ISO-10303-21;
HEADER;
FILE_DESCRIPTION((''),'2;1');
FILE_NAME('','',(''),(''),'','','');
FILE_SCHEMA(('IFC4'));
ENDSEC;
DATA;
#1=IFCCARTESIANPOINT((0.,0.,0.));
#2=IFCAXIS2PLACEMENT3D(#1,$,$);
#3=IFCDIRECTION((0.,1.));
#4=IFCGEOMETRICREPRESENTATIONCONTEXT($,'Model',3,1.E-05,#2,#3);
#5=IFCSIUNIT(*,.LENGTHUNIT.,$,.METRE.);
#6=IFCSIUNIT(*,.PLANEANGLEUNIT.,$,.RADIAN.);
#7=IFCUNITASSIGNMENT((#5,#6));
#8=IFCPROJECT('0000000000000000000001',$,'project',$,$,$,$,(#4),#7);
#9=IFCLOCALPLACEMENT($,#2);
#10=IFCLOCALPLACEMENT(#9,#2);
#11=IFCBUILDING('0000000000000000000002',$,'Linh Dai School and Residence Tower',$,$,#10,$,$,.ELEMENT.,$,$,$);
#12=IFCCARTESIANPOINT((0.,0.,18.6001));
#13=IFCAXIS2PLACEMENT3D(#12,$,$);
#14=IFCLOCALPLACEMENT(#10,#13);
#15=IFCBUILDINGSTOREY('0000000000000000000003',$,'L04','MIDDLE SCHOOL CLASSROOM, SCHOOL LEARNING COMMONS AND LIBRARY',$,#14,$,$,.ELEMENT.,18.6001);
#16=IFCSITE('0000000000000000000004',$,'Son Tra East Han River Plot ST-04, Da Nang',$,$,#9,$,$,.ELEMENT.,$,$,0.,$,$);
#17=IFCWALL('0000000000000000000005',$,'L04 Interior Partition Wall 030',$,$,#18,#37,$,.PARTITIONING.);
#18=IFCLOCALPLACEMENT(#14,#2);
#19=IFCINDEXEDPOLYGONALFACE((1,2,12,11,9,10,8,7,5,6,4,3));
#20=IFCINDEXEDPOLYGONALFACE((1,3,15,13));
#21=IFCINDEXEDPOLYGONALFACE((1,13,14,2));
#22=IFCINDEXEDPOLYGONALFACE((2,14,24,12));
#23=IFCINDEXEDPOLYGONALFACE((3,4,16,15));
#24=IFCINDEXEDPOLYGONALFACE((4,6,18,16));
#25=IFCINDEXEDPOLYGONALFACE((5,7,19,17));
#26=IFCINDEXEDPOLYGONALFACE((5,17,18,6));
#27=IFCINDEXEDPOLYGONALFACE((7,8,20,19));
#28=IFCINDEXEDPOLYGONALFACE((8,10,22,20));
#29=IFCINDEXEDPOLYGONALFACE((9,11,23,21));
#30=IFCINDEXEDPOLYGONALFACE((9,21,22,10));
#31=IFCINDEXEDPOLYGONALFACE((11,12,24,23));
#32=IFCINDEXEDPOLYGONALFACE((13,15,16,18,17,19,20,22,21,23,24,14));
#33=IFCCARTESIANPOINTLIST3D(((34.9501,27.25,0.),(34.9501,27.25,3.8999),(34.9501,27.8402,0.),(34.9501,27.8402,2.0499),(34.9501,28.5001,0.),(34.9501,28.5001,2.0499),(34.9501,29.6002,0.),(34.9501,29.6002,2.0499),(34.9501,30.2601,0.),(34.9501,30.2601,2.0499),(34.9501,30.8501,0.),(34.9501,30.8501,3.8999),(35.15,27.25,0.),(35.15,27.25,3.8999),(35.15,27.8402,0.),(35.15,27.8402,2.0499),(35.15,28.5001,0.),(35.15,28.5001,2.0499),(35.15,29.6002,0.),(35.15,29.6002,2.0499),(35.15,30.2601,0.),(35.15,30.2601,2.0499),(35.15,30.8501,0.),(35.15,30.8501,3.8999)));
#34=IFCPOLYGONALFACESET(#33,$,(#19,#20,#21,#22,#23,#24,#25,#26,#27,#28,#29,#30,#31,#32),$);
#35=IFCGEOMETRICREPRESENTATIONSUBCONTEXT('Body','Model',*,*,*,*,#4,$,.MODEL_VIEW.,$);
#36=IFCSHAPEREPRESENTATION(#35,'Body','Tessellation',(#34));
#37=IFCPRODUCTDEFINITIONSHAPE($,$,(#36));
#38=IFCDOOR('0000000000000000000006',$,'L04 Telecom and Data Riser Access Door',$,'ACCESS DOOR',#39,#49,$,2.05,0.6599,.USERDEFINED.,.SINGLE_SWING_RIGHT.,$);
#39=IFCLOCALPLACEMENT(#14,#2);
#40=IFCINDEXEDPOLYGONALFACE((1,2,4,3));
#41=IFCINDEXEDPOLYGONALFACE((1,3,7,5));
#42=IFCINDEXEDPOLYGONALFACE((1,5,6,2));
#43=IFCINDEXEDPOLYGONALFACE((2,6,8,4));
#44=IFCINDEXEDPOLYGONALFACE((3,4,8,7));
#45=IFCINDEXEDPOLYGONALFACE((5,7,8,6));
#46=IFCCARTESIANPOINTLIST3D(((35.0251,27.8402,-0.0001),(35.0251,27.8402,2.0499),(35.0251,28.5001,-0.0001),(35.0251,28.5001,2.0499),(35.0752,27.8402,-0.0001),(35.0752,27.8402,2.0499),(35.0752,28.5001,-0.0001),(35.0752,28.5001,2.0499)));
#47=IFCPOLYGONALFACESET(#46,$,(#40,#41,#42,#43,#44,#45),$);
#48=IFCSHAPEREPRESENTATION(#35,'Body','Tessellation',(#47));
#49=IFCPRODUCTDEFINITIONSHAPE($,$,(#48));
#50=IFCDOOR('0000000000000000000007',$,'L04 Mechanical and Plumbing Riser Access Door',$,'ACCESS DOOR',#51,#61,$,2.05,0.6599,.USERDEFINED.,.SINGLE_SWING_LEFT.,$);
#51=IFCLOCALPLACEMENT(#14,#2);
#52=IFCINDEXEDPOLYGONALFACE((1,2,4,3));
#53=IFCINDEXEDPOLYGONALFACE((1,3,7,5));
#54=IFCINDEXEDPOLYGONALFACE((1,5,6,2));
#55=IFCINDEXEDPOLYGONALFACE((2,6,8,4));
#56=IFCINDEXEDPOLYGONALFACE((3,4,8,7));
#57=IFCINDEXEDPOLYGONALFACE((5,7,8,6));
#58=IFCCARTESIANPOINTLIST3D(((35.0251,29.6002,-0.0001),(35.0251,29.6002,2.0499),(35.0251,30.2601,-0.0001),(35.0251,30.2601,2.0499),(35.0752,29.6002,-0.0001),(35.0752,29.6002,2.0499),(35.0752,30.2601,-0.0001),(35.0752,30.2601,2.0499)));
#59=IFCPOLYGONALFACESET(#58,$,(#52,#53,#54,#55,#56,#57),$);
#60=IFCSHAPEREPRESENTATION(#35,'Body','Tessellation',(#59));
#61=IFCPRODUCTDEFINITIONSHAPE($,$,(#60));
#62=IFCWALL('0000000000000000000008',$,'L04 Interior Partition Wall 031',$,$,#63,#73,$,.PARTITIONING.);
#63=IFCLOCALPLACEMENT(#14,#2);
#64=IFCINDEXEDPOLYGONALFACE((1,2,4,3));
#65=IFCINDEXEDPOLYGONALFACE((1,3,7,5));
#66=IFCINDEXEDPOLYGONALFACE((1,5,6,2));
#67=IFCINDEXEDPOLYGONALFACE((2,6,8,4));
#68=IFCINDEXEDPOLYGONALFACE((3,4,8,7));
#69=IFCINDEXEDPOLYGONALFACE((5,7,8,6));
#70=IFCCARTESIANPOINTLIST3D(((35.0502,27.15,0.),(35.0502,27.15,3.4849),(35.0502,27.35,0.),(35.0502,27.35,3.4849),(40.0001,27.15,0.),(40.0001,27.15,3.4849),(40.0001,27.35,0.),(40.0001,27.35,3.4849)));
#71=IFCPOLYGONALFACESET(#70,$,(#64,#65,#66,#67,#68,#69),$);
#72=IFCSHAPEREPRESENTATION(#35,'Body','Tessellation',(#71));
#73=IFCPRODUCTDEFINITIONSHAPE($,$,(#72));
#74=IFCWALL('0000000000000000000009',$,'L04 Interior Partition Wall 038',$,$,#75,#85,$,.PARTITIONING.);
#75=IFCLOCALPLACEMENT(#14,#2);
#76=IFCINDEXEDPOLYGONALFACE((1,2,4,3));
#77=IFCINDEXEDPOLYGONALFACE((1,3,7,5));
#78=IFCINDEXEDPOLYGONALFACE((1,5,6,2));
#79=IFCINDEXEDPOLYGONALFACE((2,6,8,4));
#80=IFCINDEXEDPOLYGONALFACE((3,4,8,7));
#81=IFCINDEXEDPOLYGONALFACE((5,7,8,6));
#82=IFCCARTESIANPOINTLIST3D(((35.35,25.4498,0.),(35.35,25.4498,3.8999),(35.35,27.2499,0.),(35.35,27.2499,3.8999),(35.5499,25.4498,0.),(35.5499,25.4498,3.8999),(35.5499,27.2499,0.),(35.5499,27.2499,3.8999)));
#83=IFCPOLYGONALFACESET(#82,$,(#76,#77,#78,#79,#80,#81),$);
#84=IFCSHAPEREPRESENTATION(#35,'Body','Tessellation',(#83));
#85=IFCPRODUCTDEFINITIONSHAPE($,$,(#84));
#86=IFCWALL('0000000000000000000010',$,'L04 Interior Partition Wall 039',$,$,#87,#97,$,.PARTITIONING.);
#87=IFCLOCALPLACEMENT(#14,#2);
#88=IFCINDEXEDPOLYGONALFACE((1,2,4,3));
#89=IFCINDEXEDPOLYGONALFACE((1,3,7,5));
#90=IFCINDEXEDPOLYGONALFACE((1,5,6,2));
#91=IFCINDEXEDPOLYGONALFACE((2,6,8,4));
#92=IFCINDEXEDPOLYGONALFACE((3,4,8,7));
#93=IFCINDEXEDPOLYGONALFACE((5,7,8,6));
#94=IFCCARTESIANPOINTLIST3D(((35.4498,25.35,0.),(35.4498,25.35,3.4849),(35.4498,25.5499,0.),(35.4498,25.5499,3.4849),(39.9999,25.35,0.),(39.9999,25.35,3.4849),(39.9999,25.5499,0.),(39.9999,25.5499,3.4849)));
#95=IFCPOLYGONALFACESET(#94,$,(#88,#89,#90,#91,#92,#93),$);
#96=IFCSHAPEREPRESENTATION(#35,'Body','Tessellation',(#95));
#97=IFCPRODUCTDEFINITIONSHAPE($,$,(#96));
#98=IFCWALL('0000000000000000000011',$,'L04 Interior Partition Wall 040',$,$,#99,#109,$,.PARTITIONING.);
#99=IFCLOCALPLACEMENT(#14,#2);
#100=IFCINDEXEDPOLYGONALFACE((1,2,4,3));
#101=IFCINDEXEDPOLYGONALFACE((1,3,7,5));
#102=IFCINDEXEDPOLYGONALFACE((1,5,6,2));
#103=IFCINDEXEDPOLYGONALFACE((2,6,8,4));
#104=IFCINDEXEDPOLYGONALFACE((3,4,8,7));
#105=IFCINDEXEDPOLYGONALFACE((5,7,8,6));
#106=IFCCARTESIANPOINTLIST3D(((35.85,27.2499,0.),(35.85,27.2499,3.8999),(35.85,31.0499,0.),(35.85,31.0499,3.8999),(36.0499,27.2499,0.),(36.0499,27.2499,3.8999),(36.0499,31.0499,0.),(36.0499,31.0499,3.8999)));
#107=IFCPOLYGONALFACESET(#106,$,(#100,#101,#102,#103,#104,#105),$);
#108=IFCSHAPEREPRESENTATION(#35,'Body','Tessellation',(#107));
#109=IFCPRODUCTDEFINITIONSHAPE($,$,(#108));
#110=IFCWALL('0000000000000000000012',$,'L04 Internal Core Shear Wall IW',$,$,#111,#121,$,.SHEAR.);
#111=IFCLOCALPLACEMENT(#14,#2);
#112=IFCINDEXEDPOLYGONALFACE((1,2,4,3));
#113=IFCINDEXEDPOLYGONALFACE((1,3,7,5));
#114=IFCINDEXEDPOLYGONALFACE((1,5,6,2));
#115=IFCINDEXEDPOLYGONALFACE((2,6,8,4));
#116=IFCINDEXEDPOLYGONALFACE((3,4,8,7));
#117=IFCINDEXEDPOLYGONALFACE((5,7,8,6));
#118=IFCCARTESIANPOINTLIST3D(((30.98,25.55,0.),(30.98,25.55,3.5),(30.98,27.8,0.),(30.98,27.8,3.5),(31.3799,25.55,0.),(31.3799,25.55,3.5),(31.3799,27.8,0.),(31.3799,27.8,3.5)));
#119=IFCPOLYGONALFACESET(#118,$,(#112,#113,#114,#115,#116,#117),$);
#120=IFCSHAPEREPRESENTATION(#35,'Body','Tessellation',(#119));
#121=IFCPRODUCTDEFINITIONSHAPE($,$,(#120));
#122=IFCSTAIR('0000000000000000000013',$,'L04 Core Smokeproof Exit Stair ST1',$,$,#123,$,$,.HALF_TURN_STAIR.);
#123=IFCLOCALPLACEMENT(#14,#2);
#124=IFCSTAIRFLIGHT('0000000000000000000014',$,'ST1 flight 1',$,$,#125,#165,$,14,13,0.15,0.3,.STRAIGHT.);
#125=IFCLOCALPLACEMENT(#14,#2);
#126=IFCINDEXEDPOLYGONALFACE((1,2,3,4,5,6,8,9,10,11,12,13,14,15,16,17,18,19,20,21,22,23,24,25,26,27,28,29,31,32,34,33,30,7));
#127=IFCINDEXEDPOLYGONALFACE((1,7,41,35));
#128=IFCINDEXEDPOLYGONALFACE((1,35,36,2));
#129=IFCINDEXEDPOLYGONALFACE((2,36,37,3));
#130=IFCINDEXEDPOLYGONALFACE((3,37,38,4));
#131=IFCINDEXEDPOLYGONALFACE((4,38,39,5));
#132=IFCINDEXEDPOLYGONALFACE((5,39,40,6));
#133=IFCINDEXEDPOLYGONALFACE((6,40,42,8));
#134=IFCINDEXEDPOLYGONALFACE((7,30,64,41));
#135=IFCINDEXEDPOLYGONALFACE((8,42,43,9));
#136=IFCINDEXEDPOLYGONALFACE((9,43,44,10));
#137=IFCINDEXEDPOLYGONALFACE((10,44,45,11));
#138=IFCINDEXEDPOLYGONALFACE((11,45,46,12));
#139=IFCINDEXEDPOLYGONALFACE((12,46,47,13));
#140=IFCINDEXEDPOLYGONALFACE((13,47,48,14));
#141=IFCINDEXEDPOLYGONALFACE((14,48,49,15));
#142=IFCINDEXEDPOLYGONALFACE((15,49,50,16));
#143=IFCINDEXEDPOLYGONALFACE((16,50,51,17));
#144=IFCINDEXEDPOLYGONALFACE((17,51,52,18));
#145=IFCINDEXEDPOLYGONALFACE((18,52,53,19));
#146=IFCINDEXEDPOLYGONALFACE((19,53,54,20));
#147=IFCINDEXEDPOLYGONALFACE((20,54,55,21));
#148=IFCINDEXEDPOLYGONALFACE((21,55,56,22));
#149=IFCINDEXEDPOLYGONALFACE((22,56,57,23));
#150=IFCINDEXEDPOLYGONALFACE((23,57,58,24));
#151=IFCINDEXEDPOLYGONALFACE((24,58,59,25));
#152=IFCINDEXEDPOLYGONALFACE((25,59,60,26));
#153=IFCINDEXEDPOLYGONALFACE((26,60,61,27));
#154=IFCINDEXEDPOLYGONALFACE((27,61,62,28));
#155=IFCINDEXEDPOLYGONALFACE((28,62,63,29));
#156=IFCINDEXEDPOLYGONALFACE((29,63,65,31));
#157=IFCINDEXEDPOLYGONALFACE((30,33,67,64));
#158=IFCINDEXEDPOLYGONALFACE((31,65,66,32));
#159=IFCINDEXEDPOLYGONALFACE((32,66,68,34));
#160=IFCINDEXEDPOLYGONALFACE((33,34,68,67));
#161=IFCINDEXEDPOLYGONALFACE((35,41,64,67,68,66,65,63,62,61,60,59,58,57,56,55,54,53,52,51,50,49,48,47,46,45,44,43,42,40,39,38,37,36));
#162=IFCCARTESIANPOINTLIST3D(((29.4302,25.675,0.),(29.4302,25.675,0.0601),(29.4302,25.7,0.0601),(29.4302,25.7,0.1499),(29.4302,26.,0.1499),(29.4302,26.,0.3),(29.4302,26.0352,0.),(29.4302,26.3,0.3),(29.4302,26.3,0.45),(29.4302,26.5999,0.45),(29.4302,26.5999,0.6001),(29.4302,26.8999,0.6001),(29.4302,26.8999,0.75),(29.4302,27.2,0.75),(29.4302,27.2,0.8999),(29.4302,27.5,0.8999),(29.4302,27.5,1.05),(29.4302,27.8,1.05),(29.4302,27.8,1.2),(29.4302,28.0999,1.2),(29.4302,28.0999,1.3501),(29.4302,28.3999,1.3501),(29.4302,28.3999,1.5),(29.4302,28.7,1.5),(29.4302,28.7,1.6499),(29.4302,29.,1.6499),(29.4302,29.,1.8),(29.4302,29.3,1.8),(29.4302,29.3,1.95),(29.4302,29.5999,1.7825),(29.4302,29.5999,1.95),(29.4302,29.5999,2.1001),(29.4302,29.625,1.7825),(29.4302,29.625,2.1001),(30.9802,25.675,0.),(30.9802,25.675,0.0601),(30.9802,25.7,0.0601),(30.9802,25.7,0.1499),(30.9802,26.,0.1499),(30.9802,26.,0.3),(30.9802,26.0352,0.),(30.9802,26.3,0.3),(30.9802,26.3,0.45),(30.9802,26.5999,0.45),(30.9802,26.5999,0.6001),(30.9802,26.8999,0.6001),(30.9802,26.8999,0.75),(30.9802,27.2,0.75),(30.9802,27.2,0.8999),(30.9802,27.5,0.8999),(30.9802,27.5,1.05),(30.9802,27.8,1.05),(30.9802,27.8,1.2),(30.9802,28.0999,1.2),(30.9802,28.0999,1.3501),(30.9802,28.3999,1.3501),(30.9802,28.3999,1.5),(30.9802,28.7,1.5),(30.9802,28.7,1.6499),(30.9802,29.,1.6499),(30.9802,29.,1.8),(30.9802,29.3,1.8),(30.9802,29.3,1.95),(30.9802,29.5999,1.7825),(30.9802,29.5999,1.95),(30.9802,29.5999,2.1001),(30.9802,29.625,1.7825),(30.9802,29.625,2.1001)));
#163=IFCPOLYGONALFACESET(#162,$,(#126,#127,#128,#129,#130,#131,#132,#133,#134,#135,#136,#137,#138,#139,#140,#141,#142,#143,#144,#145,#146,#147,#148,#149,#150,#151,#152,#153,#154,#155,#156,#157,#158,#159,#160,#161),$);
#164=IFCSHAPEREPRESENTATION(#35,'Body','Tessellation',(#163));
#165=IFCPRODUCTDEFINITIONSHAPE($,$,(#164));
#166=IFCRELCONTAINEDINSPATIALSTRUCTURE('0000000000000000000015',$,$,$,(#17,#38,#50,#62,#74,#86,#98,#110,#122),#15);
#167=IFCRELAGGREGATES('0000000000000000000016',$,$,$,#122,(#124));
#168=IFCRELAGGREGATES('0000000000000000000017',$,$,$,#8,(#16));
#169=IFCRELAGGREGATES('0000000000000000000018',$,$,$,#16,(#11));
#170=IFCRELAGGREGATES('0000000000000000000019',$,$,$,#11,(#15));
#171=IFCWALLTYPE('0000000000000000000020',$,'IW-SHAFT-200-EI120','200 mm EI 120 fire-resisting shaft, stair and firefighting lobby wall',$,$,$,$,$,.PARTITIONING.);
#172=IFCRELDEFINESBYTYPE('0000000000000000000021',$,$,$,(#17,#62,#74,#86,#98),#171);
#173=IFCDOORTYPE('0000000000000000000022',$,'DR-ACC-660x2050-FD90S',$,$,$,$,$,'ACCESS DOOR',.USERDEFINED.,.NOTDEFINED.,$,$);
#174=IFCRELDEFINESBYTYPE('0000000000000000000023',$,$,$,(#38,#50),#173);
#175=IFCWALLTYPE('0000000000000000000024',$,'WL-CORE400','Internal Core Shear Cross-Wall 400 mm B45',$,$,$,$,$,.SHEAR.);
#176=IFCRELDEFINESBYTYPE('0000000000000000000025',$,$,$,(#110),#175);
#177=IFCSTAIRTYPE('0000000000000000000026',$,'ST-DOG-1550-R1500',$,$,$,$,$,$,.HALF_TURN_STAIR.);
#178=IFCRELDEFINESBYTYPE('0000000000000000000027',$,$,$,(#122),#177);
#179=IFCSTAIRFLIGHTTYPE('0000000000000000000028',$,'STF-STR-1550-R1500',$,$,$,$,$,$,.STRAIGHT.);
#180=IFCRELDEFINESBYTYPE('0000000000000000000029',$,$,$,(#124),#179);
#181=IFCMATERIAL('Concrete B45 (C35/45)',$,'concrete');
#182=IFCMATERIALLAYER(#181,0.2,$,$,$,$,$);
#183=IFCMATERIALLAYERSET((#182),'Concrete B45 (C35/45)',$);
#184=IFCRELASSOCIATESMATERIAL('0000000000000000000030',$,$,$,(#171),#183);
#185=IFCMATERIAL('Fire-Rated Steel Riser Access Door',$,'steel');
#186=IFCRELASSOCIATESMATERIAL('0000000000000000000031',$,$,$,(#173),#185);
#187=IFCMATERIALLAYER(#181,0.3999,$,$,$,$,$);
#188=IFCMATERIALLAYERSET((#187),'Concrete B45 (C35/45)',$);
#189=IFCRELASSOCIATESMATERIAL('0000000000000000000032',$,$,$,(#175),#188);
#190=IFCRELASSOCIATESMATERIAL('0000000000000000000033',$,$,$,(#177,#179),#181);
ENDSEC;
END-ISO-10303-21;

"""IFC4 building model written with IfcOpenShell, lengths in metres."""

from ifc_helpers import new_model, si_unit, direction, frame, frame_2d, origin, origin_2d, place, context, subcontext, project, spatial, polyline, rectangle, outline, extrude, source, transform, mapped, material, layer, layer_set, type_object, element, fill, aggregate, save


model = new_model("IFC4")

# Units and contexts
model_context = context("Model", 3, precision=1e-05, world=origin(), true_north=direction((0.0, 1.0)))
body_context = subcontext(model_context, "Body", "Model", "MODEL_VIEW")
ifc_project = project(units=[si_unit("LENGTHUNIT", "METRE"), si_unit("PLANEANGLEUNIT", "RADIAN")], contexts=[model_context])

# Site, building, storey
site_placement = place(None, origin())
site = spatial("IfcSite", under=ifc_project, at=site_placement, Name="Son Tra East Han River Plot ST-04, Da Nang", CompositionType="ELEMENT", RefElevation=0.0)
building_placement = place(site_placement, origin())
building = spatial("IfcBuilding", under=site, at=building_placement, Name="Linh Dai School and Residence Tower", CompositionType="ELEMENT")
storey_placement = place(building_placement, frame((0.0, 0.0, 18.6001)))
storey = spatial("IfcBuildingStorey", under=building, at=storey_placement, Name="L04", Description="MIDDLE SCHOOL CLASSROOM, SCHOOL LEARNING COMMONS AND LIBRARY", CompositionType="ELEMENT", Elevation=18.6001)

# Shared definitions
ifc_material_1 = material(Name="Concrete B45 (C35/45)", Category="concrete")
ifc_layer_1 = layer(ifc_material_1, 0.2)
ifc_layer_set_1 = layer_set([ifc_layer_1], Name="Concrete B45 (C35/45)")
wall_type_1 = type_object("IfcWallType", Name="IW-SHAFT-200-EI120", Description="200 mm EI 120 fire-resisting shaft, stair and firefighting lobby wall", PredefinedType="PARTITIONING", material=ifc_layer_set_1)

# Wall, openings, doors
wall_1_placement = place(storey_placement, frame((35.05, 27.25, 0.0), z_axis=(0.0, 0.0, 1.0), x_axis=(0.0, 1.0, 0.0)))
wall_1 = element("IfcWall", 1, at=wall_1_placement, inside=storey, type_object=wall_type_1, Name="L04 Interior Partition Wall 030", PredefinedType="PARTITIONING", context=body_context, shape_type="SweptSolid", body=[
    extrude(rectangle(XDim=3.6001, YDim=0.2, at=frame_2d((1.8, 0.0))), origin(), (0.0, 0.0, 1.0), 3.8999),
])
opening_1_placement = place(wall_1_placement, frame((0.5901, 0.0, 0.0)))
opening_1 = element("IfcOpeningElement", 2, at=opening_1_placement, cuts=wall_1, PredefinedType="OPENING", context=body_context, shape_type="SweptSolid", body=[
    extrude(rectangle(XDim=0.6599, YDim=2.05, at=origin_2d()), frame((0.3301, 0.1099, 1.0249), z_axis=(0.0, -1.0, 0.0), x_axis=(1.0, 0.0, 0.0)), (0.0, 0.0, 1.0), 0.22),
])
opening_2_placement = place(wall_1_placement, frame((2.3501, 0.0, 0.0)))
opening_2 = element("IfcOpeningElement", 3, at=opening_2_placement, cuts=wall_1, PredefinedType="OPENING", context=body_context, shape_type="SweptSolid", body=[
    extrude(rectangle(XDim=0.6599, YDim=2.05, at=origin_2d()), frame((0.3301, 0.1099, 1.0249), z_axis=(0.0, -1.0, 0.0), x_axis=(1.0, 0.0, 0.0)), (0.0, 0.0, 1.0), 0.22),
])
ifc_material_2 = material(Name="Fire-Rated Steel Riser Access Door", Category="steel")
door_type_1 = type_object("IfcDoorType", Name="DR-ACC-660x2050-FD90S", ElementType="ACCESS DOOR", OperationType="NOTDEFINED", PredefinedType="USERDEFINED", material=ifc_material_2)
shared_shape_1 = source(origin(), body_context, "Body", "SweptSolid", [
    extrude(rectangle(XDim=0.6599, YDim=2.05, at=origin_2d()), frame((0.3301, 0.0249, 1.0249), z_axis=(0.0, -1.0, 0.0), x_axis=(1.0, 0.0, 0.0)), (0.0, 0.0, 1.0), 0.05),
])
door_1_placement = place(opening_1_placement, origin())
door_1 = element("IfcDoor", 4, at=door_1_placement, inside=storey, type_object=door_type_1, Name="L04 Telecom and Data Riser Access Door", ObjectType="ACCESS DOOR", OperationType="SINGLE_SWING_RIGHT", OverallHeight=2.05, OverallWidth=0.6599, PredefinedType="USERDEFINED", context=body_context, shape_type="MappedRepresentation", body=[
    mapped(shared_shape_1, transform((0.0, 0.0, 0.0), x_axis=(1.0, 0.0, 0.0), y_axis=(0.0, 1.0, 0.0), z_axis=(0.0, 0.0, 1.0), scale=1.0)),
])
fill(opening_1, door_1)
door_2_placement = place(opening_2_placement, origin())
door_2 = element("IfcDoor", 5, at=door_2_placement, inside=storey, type_object=door_type_1, Name="L04 Mechanical and Plumbing Riser Access Door", ObjectType="ACCESS DOOR", OperationType="SINGLE_SWING_LEFT", OverallHeight=2.05, OverallWidth=0.6599, PredefinedType="USERDEFINED", context=body_context, shape_type="MappedRepresentation", body=[
    mapped(shared_shape_1, transform((0.0, 0.0, 0.0), x_axis=(1.0, 0.0, 0.0), y_axis=(0.0, 1.0, 0.0), z_axis=(0.0, 0.0, 1.0), scale=1.0)),
])
fill(opening_2, door_2)

# Walls
wall_2_placement = place(storey_placement, frame((35.05, 27.25, 0.0), z_axis=(0.0, 0.0, 1.0), x_axis=(1.0, 0.0, 0.0)))
element("IfcWall", 6, at=wall_2_placement, inside=storey, type_object=wall_type_1, Name="L04 Interior Partition Wall 031", PredefinedType="PARTITIONING", context=body_context, shape_type="SweptSolid", body=[
    extrude(rectangle(XDim=4.95, YDim=0.2, at=frame_2d((2.4751, 0.0))), origin(), (0.0, 0.0, 1.0), 3.4849),
])
wall_3_placement = place(storey_placement, frame((35.45, 25.45, 0.0), z_axis=(0.0, 0.0, 1.0), x_axis=(0.0, 1.0, 0.0)))
element("IfcWall", 7, at=wall_3_placement, inside=storey, type_object=wall_type_1, Name="L04 Interior Partition Wall 038", PredefinedType="PARTITIONING", context=body_context, shape_type="SweptSolid", body=[
    extrude(rectangle(XDim=1.8, YDim=0.2, at=frame_2d((0.8999, 0.0))), origin(), (0.0, 0.0, 1.0), 3.8999),
])
wall_4_placement = place(storey_placement, frame((35.45, 25.45, 0.0), z_axis=(0.0, 0.0, 1.0), x_axis=(1.0, 0.0, 0.0)))
element("IfcWall", 8, at=wall_4_placement, inside=storey, type_object=wall_type_1, Name="L04 Interior Partition Wall 039", PredefinedType="PARTITIONING", context=body_context, shape_type="SweptSolid", body=[
    extrude(rectangle(XDim=4.55, YDim=0.2, at=frame_2d((2.2749, 0.0))), origin(), (0.0, 0.0, 1.0), 3.4849),
])
wall_5_placement = place(storey_placement, frame((35.95, 27.25, 0.0), z_axis=(0.0, 0.0, 1.0), x_axis=(0.0, 1.0, 0.0)))
element("IfcWall", 9, at=wall_5_placement, inside=storey, type_object=wall_type_1, Name="L04 Interior Partition Wall 040", PredefinedType="PARTITIONING", context=body_context, shape_type="SweptSolid", body=[
    extrude(rectangle(XDim=3.8, YDim=0.2, at=frame_2d((1.8999, 0.0))), origin(), (0.0, 0.0, 1.0), 3.8999),
])
ifc_layer_2 = layer(ifc_material_1, 0.3999)
ifc_layer_set_2 = layer_set([ifc_layer_2], Name="Concrete B45 (C35/45)")
wall_type_2 = type_object("IfcWallType", Name="WL-CORE400", Description="Internal Core Shear Cross-Wall 400 mm B45", PredefinedType="SHEAR", material=ifc_layer_set_2)
wall_6_placement = place(storey_placement, frame((31.1799, 25.55, 0.0), z_axis=(0.0, 0.0, 1.0), x_axis=(0.0, 1.0, 0.0)))
element("IfcWall", 10, at=wall_6_placement, inside=storey, type_object=wall_type_2, Name="L04 Internal Core Shear Wall IW", PredefinedType="SHEAR", context=body_context, shape_type="SweptSolid", body=[
    extrude(rectangle(XDim=2.25, YDim=0.3999, at=frame_2d((1.125, 0.0))), origin(), (0.0, 0.0, 1.0), 3.5),
])

# Stair, stair flight
stair_type = type_object("IfcStairType", Name="ST-DOG-1550-R1500", PredefinedType="HALF_TURN_STAIR", material=ifc_material_1)
stair_placement = place(storey_placement, origin())
stair = element("IfcStair", 11, at=stair_placement, inside=storey, type_object=stair_type, Name="L04 Core Smokeproof Exit Stair ST1", PredefinedType="HALF_TURN_STAIR")
stair_flight_type = type_object("IfcStairFlightType", Name="STF-STR-1550-R1500", PredefinedType="STRAIGHT", material=ifc_material_1)
shared_shape_2 = source(origin(), body_context, "Body", "SweptSolid", [
    extrude(outline(polyline([(-0.0249, 0.0), (-0.0249, 0.0601), (0.0, 0.0601), (0.0, 0.1499), (0.3, 0.1499), (0.3, 0.3), (0.6001, 0.3), (0.6001, 0.45), (0.8999, 0.45), (0.8999, 0.6001), (1.2, 0.6001), (1.2, 0.75), (1.5, 0.75), (1.5, 0.8999), (1.8, 0.8999), (1.8, 1.05), (2.1001, 1.05), (2.1001, 1.2), (2.3999, 1.2), (2.3999, 1.3501), (2.7, 1.3501), (2.7, 1.5), (3.0, 1.5), (3.0, 1.6499), (3.3, 1.6499), (3.3, 1.8), (3.6001, 1.8), (3.6001, 1.95), (3.8999, 1.95), (3.8999, 2.1001), (3.925, 2.1001), (3.925, 1.7825), (3.8999, 1.7825), (0.3352, 0.0), (-0.0249, 0.0)])), frame((0.0, 0.7749, 0.0), z_axis=(0.0, -1.0, 0.0), x_axis=(1.0, 0.0, 0.0)), (0.0, 0.0, 1.0), 1.55),
])
stair_flight_placement = place(storey_placement, frame((30.2051, 25.7, 0.0), z_axis=(0.0, 0.0, 1.0), x_axis=(0.0, 1.0, 0.0)))
stair_flight = element("IfcStairFlight", 12, at=stair_flight_placement, type_object=stair_flight_type, Name="ST1 flight 1", NumberOfRisers=14, NumberOfTreads=13, PredefinedType="STRAIGHT", RiserHeight=0.15, TreadLength=0.3, context=body_context, shape_type="MappedRepresentation", body=[
    mapped(shared_shape_2, transform((0.0, 0.0, 0.0), x_axis=(1.0, 0.0, 0.0), y_axis=(0.0, 1.0, 0.0), z_axis=(0.0, 0.0, 1.0), scale=1.0)),
])
aggregate(stair, [stair_flight])

save(model, "model.ifc")
